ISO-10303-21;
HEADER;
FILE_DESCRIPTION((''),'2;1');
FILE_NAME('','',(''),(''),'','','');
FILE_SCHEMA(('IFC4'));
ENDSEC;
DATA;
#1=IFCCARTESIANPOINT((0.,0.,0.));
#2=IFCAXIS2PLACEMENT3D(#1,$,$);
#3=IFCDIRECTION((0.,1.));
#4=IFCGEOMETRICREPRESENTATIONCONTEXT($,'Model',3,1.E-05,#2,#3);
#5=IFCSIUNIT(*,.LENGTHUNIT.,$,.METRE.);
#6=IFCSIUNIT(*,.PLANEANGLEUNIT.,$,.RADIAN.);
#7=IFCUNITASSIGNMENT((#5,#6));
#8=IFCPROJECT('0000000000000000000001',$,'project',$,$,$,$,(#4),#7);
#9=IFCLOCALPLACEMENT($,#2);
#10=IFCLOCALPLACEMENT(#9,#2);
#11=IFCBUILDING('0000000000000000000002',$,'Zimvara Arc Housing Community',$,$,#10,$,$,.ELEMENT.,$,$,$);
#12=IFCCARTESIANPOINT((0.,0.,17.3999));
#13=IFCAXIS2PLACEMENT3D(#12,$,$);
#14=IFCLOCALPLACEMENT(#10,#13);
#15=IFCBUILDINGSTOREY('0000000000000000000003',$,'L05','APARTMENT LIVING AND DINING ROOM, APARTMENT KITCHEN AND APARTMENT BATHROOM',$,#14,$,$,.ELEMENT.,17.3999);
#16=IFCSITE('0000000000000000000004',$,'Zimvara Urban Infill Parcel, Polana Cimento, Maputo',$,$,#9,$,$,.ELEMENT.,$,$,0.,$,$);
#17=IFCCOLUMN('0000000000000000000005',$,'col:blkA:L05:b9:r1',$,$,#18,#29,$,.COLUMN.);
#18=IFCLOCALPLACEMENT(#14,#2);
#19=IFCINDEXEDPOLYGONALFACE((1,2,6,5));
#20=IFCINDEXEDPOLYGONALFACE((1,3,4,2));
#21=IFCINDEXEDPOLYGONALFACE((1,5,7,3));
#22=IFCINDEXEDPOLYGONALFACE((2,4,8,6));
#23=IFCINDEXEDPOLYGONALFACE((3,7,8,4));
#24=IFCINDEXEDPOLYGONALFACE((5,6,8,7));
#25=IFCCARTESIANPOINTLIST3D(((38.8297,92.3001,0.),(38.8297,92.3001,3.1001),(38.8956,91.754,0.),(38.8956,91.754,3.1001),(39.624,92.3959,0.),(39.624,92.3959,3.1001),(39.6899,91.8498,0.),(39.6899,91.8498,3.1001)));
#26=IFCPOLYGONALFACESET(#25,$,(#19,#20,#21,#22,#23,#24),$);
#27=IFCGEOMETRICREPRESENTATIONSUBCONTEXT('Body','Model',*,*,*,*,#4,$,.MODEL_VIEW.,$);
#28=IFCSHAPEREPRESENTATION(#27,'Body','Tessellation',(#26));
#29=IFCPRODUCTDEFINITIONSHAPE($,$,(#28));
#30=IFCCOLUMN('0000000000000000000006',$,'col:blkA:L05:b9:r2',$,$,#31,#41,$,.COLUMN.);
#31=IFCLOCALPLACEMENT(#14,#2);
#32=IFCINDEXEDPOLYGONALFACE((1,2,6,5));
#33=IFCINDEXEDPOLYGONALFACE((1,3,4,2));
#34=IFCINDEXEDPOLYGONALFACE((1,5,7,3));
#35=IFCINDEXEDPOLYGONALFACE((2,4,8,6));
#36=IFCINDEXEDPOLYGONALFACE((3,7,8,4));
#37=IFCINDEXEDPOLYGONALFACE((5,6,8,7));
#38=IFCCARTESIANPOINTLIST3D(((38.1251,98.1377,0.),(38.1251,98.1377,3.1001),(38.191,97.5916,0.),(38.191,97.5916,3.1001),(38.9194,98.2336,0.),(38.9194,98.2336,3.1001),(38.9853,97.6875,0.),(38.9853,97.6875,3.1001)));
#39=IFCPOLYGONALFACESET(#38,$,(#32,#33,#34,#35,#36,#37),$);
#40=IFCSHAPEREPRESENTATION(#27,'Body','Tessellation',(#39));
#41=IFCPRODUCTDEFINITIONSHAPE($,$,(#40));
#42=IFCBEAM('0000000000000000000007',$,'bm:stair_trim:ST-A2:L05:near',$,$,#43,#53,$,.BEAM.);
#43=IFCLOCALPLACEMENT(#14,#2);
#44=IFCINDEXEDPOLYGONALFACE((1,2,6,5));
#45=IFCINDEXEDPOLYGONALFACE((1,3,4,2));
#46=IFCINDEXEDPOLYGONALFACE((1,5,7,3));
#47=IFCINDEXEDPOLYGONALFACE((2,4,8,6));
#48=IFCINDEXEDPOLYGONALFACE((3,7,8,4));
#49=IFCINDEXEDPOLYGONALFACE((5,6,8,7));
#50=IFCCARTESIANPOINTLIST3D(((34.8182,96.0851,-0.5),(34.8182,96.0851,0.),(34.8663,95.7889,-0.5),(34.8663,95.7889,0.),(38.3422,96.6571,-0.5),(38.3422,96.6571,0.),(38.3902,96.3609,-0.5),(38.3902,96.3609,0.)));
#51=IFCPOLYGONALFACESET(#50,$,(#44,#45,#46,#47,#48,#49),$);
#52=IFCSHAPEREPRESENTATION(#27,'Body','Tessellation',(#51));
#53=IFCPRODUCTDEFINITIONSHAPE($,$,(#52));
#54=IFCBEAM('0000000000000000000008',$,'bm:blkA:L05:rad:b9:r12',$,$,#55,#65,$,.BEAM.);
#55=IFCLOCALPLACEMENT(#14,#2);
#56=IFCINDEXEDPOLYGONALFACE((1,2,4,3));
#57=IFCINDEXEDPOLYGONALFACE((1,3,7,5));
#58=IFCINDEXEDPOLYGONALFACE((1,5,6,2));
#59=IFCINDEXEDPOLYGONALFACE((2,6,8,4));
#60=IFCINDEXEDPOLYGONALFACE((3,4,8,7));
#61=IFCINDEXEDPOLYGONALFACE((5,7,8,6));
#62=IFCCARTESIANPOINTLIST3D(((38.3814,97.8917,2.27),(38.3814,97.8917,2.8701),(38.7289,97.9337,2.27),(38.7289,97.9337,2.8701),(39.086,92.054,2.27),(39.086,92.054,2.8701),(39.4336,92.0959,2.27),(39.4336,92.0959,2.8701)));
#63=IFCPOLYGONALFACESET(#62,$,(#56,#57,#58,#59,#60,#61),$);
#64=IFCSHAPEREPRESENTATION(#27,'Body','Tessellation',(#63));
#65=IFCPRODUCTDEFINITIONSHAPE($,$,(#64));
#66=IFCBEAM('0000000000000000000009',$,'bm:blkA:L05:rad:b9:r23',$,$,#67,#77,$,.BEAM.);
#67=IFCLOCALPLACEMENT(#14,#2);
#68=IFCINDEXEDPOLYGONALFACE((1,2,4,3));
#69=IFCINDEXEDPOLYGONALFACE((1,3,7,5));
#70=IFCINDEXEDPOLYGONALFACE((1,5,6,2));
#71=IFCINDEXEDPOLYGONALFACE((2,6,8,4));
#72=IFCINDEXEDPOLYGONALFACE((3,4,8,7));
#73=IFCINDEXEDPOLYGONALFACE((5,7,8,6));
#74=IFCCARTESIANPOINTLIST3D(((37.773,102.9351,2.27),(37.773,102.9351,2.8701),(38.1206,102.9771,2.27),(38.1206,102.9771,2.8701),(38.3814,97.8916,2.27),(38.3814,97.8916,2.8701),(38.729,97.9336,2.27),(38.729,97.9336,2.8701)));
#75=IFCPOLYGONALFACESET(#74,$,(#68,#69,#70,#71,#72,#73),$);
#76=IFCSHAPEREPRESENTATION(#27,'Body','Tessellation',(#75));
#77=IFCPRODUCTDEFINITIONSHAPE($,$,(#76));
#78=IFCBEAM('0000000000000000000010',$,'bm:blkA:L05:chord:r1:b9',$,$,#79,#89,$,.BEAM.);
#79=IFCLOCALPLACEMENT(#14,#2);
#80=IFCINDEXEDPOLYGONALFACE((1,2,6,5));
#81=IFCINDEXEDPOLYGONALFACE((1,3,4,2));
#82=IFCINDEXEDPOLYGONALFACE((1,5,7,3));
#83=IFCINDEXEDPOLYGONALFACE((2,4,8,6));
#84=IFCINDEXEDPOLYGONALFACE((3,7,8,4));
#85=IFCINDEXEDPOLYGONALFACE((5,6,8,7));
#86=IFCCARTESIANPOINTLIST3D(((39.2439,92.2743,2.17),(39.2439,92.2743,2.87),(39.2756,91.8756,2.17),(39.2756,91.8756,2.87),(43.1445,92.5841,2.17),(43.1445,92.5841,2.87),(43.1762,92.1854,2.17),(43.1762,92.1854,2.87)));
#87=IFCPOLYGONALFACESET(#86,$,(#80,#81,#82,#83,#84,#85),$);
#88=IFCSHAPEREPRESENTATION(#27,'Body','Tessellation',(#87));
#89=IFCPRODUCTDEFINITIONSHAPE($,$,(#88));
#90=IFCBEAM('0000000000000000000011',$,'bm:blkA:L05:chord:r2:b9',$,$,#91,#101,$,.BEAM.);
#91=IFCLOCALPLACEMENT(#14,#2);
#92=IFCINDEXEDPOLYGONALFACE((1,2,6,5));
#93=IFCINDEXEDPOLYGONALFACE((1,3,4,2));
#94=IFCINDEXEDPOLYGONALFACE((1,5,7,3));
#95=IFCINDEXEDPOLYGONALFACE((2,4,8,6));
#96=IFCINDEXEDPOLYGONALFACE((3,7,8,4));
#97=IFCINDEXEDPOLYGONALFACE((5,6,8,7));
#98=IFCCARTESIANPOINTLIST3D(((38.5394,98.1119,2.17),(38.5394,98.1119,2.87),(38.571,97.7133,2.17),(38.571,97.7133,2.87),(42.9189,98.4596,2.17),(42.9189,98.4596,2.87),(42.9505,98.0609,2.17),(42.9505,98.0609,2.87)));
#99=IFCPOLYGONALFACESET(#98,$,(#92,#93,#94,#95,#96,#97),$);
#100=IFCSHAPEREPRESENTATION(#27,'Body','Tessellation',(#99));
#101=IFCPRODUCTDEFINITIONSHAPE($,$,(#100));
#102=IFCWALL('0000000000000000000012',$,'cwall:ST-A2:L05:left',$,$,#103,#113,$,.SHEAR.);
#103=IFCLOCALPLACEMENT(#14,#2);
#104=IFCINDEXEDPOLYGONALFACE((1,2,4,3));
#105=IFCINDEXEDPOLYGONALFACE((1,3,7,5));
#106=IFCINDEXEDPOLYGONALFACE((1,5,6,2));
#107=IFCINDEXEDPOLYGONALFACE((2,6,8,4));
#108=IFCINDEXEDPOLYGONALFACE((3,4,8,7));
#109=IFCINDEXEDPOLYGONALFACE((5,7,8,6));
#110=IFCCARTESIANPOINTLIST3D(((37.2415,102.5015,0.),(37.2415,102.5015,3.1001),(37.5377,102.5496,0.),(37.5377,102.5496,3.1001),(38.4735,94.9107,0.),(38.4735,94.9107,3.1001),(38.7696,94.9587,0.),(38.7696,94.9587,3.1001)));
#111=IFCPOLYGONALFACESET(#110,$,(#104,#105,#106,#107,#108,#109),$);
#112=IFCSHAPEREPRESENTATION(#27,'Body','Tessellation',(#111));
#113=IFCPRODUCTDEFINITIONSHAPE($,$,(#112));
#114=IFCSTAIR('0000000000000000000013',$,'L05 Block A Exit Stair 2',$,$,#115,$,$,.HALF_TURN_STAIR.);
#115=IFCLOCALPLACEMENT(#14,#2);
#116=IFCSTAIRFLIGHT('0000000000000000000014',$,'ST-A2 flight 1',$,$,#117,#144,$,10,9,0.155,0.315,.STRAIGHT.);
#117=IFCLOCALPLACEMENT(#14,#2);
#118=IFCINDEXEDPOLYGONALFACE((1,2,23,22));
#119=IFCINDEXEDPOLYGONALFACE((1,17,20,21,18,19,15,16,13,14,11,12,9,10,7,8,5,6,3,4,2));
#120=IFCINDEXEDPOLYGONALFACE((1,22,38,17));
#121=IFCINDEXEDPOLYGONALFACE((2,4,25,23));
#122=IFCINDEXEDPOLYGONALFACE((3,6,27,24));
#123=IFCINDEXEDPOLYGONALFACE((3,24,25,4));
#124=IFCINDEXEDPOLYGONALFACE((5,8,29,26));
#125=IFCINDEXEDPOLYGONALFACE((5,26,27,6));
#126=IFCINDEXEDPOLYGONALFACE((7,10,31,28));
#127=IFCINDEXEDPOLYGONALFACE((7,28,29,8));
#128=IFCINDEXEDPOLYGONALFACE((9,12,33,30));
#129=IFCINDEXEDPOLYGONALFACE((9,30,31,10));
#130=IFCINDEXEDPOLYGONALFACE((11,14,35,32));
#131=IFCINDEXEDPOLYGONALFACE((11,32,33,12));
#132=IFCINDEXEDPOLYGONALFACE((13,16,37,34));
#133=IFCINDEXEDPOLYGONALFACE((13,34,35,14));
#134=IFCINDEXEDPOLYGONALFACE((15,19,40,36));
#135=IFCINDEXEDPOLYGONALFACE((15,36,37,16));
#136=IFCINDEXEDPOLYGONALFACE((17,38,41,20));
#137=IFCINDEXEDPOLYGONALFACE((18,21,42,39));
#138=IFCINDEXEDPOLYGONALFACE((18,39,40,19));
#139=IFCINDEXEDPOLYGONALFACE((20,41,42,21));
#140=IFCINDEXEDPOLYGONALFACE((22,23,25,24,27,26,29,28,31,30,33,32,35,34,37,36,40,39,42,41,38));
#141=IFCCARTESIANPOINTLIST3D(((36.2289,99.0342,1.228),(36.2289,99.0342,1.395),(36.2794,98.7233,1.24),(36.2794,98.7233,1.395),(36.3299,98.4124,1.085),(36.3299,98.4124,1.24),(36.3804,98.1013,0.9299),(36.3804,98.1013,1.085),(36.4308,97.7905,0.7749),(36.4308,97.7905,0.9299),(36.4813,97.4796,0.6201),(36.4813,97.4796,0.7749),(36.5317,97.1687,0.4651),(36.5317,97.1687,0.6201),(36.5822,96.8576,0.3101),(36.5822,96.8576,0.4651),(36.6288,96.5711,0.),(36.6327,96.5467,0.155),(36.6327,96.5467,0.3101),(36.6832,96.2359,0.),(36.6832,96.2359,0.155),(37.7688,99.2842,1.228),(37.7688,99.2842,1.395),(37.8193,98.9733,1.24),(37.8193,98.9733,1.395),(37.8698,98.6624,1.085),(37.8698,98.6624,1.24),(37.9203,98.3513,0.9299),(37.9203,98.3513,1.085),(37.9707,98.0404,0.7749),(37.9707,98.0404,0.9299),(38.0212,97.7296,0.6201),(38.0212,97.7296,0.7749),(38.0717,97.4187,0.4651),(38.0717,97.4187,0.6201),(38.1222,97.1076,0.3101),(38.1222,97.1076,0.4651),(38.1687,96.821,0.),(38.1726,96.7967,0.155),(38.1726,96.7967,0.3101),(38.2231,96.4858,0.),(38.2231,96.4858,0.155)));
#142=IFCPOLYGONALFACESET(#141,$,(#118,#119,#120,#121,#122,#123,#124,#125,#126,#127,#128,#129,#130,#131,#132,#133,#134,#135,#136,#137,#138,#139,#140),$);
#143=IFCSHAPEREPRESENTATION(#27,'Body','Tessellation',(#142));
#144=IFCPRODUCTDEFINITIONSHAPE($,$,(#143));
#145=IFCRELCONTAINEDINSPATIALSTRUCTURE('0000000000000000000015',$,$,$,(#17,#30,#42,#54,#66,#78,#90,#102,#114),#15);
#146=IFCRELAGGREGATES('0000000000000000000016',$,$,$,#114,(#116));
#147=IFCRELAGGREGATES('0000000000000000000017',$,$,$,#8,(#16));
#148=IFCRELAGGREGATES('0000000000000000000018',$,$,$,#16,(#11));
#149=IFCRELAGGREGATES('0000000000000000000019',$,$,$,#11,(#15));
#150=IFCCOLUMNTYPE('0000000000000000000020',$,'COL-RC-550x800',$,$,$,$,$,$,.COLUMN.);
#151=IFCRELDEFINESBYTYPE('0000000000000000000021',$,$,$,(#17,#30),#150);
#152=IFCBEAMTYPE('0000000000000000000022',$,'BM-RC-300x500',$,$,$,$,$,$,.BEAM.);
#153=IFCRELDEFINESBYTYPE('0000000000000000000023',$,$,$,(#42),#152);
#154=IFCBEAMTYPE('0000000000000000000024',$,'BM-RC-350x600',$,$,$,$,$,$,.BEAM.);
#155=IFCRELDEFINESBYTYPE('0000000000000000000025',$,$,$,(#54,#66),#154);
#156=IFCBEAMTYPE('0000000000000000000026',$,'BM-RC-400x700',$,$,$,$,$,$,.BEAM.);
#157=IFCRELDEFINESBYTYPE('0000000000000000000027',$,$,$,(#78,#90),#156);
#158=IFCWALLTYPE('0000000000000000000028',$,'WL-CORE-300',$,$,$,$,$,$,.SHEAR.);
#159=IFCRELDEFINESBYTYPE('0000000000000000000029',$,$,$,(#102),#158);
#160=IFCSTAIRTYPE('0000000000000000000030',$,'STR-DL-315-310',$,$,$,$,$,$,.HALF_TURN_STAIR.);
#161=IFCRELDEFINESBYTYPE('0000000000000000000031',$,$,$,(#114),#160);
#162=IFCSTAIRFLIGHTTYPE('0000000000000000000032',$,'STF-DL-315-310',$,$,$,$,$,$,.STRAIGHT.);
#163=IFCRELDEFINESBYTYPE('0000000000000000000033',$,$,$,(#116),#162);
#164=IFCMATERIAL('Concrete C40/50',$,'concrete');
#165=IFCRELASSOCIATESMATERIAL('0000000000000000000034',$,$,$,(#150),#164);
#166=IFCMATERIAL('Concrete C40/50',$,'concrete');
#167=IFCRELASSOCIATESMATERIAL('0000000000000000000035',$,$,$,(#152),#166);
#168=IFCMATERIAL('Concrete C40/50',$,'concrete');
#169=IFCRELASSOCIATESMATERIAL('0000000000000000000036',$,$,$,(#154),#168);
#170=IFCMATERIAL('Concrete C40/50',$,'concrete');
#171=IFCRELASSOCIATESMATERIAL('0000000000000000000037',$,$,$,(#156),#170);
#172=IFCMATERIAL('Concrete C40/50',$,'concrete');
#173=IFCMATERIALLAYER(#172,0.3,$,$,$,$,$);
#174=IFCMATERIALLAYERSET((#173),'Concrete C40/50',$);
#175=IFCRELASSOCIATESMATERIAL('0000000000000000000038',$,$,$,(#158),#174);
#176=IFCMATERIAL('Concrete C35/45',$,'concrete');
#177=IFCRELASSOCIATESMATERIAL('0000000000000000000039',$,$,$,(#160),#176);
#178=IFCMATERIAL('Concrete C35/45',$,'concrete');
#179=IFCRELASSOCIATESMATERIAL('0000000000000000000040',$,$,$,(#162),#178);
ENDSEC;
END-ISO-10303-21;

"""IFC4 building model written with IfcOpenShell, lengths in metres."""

from ifc_helpers import new_model, si_unit, direction, frame, frame_2d, origin, origin_2d, place, context, subcontext, project, spatial, polyline, rectangle, outline, extrude, material, layer, layer_set, material_profile, profile_set, type_object, element, aggregate, save


model = new_model("IFC4")

# Units and contexts
model_context = context("Model", 3, precision=1e-05, world=origin(), true_north=direction((0.0, 1.0)))
body_context = subcontext(model_context, "Body", "Model", "MODEL_VIEW")
ifc_project = project(units=[si_unit("LENGTHUNIT", "METRE"), si_unit("PLANEANGLEUNIT", "RADIAN")], contexts=[model_context])

# Site, building, storey
site_placement = place(None, origin())
site = spatial("IfcSite", under=ifc_project, at=site_placement, Name="Zimvara Urban Infill Parcel, Polana Cimento, Maputo", CompositionType="ELEMENT", RefElevation=0.0)
building_placement = place(site_placement, origin())
building = spatial("IfcBuilding", under=site, at=building_placement, Name="Zimvara Arc Housing Community", CompositionType="ELEMENT")
storey_placement = place(building_placement, frame((0.0, 0.0, 17.3999)))
storey = spatial("IfcBuildingStorey", under=building, at=storey_placement, Name="L05", Description="APARTMENT LIVING AND DINING ROOM, APARTMENT KITCHEN AND APARTMENT BATHROOM", CompositionType="ELEMENT", Elevation=17.3999)

# Columns
ifc_material_1 = material(Name="Concrete C40/50", Category="concrete")
ifc_material_profile_1 = material_profile(ifc_material_1, rectangle(XDim=0.55, YDim=0.8, at=origin_2d()), Name="RC 550x800")
ifc_profile_set_1 = profile_set([ifc_material_profile_1], Name="Concrete C40/50")
column_type = type_object("IfcColumnType", Name="COL-RC-550x800", PredefinedType="COLUMN", material=ifc_profile_set_1)
for number, where, z_axis, x_axis, name in (
    (1, (39.2598, 92.075, 0.0), (0.0, 0.0, 1.0), (-0.11979, 0.992799, 0.0), "col:blkA:L05:b9:r1"),
    (2, (38.5552, 97.9126, 0.0), (0.0, 0.0, 1.0), (-0.11979, 0.992799, 0.0), "col:blkA:L05:b9:r2"),
):
    element("IfcColumn", number, at=place(storey_placement, frame(where, z_axis=z_axis, x_axis=x_axis)), inside=storey, type_object=column_type, Name=name, PredefinedType="COLUMN", context=body_context, shape_type="SweptSolid", body=[
        extrude(rectangle(XDim=0.55, YDim=0.8, at=origin_2d()), origin(), (0.0, 0.0, 1.0), 3.1001),
    ])

# Beams
ifc_material_2 = material(Name="Concrete C40/50", Category="concrete")
ifc_material_profile_2 = material_profile(ifc_material_2, rectangle(XDim=0.3, YDim=0.5, at=origin_2d()), Name="RC 300x500")
ifc_profile_set_2 = profile_set([ifc_material_profile_2], Name="Concrete C40/50")
beam_type_1 = type_object("IfcBeamType", Name="BM-RC-300x500", PredefinedType="BEAM", material=ifc_profile_set_2)
beam_1_placement = place(storey_placement, frame((38.3662, 96.509, -0.25), z_axis=(-0.98708, -0.160228, 0.0), x_axis=(0.160228, -0.98708, 0.0)))
element("IfcBeam", 3, at=beam_1_placement, inside=storey, type_object=beam_type_1, Name="bm:stair_trim:ST-A2:L05:near", PredefinedType="BEAM", context=body_context, shape_type="SweptSolid", body=[
    extrude(rectangle(XDim=0.3, YDim=0.5, at=origin_2d()), origin(), (0.0, 0.0, 1.0), 3.5701),
])
ifc_material_3 = material(Name="Concrete C40/50", Category="concrete")
ifc_material_profile_3 = material_profile(ifc_material_3, rectangle(XDim=0.3501, YDim=0.6001, at=origin_2d()), Name="RC 350x600")
ifc_profile_set_3 = profile_set([ifc_material_profile_3], Name="Concrete C40/50")
beam_type_2 = type_object("IfcBeamType", Name="BM-RC-350x600", PredefinedType="BEAM", material=ifc_profile_set_3)
beam_2_placement = place(storey_placement, frame((39.2598, 92.075, 2.5701), z_axis=(-0.119828, 0.992795, 0.0), x_axis=(-0.992795, -0.119828, 0.0)))
element("IfcBeam", 4, at=beam_2_placement, inside=storey, type_object=beam_type_2, Name="bm:blkA:L05:rad:b9:r12", PredefinedType="BEAM", context=body_context, shape_type="SweptSolid", body=[
    extrude(rectangle(XDim=0.3501, YDim=0.6001, at=origin_2d()), origin(), (0.0, 0.0, 1.0), 5.8801),
])
beam_3_placement = place(storey_placement, frame((38.5552, 97.9126, 2.5701), z_axis=(-0.119763, 0.992803, 0.0), x_axis=(-0.992803, -0.119763, 0.0)))
element("IfcBeam", 5, at=beam_3_placement, inside=storey, type_object=beam_type_2, Name="bm:blkA:L05:rad:b9:r23", PredefinedType="BEAM", context=body_context, shape_type="SweptSolid", body=[
    extrude(rectangle(XDim=0.3501, YDim=0.6001, at=origin_2d()), origin(), (0.0, 0.0, 1.0), 5.0801),
])
ifc_material_4 = material(Name="Concrete C40/50", Category="concrete")
ifc_material_profile_4 = material_profile(ifc_material_4, rectangle(XDim=0.3999, YDim=0.7, at=origin_2d()), Name="RC 400x700")
ifc_profile_set_4 = profile_set([ifc_material_profile_4], Name="Concrete C40/50")
beam_type_3 = type_object("IfcBeamType", Name="BM-RC-400x700", PredefinedType="BEAM", material=ifc_profile_set_4)
beam_4_placement = place(storey_placement, frame((39.2598, 92.075, 2.52), z_axis=(0.996861, 0.079177, 0.0), x_axis=(-0.079177, 0.996861, 0.0)))
element("IfcBeam", 6, at=beam_4_placement, inside=storey, type_object=beam_type_3, Name="bm:blkA:L05:chord:r1:b9", PredefinedType="BEAM", context=body_context, shape_type="SweptSolid", body=[
    extrude(rectangle(XDim=0.3999, YDim=0.7, at=origin_2d()), origin(), (0.0, 0.0, 1.0), 3.9128),
])
beam_5_placement = place(storey_placement, frame((38.5552, 97.9126, 2.52), z_axis=(0.996864, 0.079131, 0.0), x_axis=(-0.079131, 0.996864, 0.0)))
element("IfcBeam", 7, at=beam_5_placement, inside=storey, type_object=beam_type_3, Name="bm:blkA:L05:chord:r2:b9", PredefinedType="BEAM", context=body_context, shape_type="SweptSolid", body=[
    extrude(rectangle(XDim=0.3999, YDim=0.7, at=origin_2d()), origin(), (0.0, 0.0, 1.0), 4.3933),
])

# Shared definitions
ifc_material_5 = material(Name="Concrete C40/50", Category="concrete")
ifc_layer_1 = layer(ifc_material_5, 0.3)
ifc_layer_set_1 = layer_set([ifc_layer_1], Name="Concrete C40/50")
wall_type_1 = type_object("IfcWallType", Name="WL-CORE-300", PredefinedType="SHEAR", material=ifc_layer_set_1)

# Wall
wall_1_placement = place(storey_placement, frame((38.6216, 94.9346, 0.0), z_axis=(0.0, 0.0, 1.0), x_axis=(-0.160197, 0.987085, 0.0)))
element("IfcWall", 8, at=wall_1_placement, inside=storey, type_object=wall_type_1, Name="cwall:ST-A2:L05:left", PredefinedType="SHEAR", context=body_context, shape_type="SweptSolid", body=[
    extrude(rectangle(XDim=7.6902, YDim=0.3, at=frame_2d((3.8452, 0.0))), origin(), (0.0, 0.0, 1.0), 3.1001),
])

# Stair, stair flight
ifc_material_6 = material(Name="Concrete C35/45", Category="concrete")
stair_type = type_object("IfcStairType", Name="STR-DL-315-310", PredefinedType="HALF_TURN_STAIR", material=ifc_material_6)
stair_placement = place(storey_placement, origin())
stair = element("IfcStair", 9, at=stair_placement, inside=storey, type_object=stair_type, Name="L05 Block A Exit Stair 2", PredefinedType="HALF_TURN_STAIR")
ifc_material_7 = material(Name="Concrete C35/45", Category="concrete")
stair_flight_type = type_object("IfcStairFlightType", Name="STF-DL-315-310", PredefinedType="STRAIGHT", material=ifc_material_7)
stair_flight_placement = place(storey_placement, frame((37.4531, 96.3608, 0.0), z_axis=(0.0, 0.0, 1.0), x_axis=(-0.160226, 0.98708, 0.0)))
stair_flight = element("IfcStairFlight", 10, at=stair_flight_placement, type_object=stair_flight_type, Name="ST-A2 flight 1", NumberOfRisers=10, NumberOfTreads=9, PredefinedType="STRAIGHT", RiserHeight=0.155, TreadLength=0.315, context=body_context, shape_type="SweptSolid", body=[
    extrude(outline(polyline([(0.0, 0.0), (0.0, 0.155), (0.3149, 0.155), (0.3149, 0.3101), (0.6299, 0.3101), (0.6299, 0.4651), (0.9451, 0.4651), (0.9451, 0.6201), (1.26, 0.6201), (1.26, 0.7749), (1.575, 0.7749), (1.575, 0.9299), (1.8899, 0.9299), (1.8899, 1.085), (2.2051, 1.085), (2.2051, 1.24), (2.52, 1.24), (2.52, 1.395), (2.835, 1.395), (2.835, 1.55), (2.835, 1.228), (0.3396, 0.0), (0.0, 0.0)])), frame((0.0, 0.78, 0.0), z_axis=(0.0, -1.0, 0.0), x_axis=(1.0, 0.0, 0.0)), (0.0, 0.0, 1.0), 1.5601),
])
aggregate(stair, [stair_flight])

save(model, "model.ifc")
